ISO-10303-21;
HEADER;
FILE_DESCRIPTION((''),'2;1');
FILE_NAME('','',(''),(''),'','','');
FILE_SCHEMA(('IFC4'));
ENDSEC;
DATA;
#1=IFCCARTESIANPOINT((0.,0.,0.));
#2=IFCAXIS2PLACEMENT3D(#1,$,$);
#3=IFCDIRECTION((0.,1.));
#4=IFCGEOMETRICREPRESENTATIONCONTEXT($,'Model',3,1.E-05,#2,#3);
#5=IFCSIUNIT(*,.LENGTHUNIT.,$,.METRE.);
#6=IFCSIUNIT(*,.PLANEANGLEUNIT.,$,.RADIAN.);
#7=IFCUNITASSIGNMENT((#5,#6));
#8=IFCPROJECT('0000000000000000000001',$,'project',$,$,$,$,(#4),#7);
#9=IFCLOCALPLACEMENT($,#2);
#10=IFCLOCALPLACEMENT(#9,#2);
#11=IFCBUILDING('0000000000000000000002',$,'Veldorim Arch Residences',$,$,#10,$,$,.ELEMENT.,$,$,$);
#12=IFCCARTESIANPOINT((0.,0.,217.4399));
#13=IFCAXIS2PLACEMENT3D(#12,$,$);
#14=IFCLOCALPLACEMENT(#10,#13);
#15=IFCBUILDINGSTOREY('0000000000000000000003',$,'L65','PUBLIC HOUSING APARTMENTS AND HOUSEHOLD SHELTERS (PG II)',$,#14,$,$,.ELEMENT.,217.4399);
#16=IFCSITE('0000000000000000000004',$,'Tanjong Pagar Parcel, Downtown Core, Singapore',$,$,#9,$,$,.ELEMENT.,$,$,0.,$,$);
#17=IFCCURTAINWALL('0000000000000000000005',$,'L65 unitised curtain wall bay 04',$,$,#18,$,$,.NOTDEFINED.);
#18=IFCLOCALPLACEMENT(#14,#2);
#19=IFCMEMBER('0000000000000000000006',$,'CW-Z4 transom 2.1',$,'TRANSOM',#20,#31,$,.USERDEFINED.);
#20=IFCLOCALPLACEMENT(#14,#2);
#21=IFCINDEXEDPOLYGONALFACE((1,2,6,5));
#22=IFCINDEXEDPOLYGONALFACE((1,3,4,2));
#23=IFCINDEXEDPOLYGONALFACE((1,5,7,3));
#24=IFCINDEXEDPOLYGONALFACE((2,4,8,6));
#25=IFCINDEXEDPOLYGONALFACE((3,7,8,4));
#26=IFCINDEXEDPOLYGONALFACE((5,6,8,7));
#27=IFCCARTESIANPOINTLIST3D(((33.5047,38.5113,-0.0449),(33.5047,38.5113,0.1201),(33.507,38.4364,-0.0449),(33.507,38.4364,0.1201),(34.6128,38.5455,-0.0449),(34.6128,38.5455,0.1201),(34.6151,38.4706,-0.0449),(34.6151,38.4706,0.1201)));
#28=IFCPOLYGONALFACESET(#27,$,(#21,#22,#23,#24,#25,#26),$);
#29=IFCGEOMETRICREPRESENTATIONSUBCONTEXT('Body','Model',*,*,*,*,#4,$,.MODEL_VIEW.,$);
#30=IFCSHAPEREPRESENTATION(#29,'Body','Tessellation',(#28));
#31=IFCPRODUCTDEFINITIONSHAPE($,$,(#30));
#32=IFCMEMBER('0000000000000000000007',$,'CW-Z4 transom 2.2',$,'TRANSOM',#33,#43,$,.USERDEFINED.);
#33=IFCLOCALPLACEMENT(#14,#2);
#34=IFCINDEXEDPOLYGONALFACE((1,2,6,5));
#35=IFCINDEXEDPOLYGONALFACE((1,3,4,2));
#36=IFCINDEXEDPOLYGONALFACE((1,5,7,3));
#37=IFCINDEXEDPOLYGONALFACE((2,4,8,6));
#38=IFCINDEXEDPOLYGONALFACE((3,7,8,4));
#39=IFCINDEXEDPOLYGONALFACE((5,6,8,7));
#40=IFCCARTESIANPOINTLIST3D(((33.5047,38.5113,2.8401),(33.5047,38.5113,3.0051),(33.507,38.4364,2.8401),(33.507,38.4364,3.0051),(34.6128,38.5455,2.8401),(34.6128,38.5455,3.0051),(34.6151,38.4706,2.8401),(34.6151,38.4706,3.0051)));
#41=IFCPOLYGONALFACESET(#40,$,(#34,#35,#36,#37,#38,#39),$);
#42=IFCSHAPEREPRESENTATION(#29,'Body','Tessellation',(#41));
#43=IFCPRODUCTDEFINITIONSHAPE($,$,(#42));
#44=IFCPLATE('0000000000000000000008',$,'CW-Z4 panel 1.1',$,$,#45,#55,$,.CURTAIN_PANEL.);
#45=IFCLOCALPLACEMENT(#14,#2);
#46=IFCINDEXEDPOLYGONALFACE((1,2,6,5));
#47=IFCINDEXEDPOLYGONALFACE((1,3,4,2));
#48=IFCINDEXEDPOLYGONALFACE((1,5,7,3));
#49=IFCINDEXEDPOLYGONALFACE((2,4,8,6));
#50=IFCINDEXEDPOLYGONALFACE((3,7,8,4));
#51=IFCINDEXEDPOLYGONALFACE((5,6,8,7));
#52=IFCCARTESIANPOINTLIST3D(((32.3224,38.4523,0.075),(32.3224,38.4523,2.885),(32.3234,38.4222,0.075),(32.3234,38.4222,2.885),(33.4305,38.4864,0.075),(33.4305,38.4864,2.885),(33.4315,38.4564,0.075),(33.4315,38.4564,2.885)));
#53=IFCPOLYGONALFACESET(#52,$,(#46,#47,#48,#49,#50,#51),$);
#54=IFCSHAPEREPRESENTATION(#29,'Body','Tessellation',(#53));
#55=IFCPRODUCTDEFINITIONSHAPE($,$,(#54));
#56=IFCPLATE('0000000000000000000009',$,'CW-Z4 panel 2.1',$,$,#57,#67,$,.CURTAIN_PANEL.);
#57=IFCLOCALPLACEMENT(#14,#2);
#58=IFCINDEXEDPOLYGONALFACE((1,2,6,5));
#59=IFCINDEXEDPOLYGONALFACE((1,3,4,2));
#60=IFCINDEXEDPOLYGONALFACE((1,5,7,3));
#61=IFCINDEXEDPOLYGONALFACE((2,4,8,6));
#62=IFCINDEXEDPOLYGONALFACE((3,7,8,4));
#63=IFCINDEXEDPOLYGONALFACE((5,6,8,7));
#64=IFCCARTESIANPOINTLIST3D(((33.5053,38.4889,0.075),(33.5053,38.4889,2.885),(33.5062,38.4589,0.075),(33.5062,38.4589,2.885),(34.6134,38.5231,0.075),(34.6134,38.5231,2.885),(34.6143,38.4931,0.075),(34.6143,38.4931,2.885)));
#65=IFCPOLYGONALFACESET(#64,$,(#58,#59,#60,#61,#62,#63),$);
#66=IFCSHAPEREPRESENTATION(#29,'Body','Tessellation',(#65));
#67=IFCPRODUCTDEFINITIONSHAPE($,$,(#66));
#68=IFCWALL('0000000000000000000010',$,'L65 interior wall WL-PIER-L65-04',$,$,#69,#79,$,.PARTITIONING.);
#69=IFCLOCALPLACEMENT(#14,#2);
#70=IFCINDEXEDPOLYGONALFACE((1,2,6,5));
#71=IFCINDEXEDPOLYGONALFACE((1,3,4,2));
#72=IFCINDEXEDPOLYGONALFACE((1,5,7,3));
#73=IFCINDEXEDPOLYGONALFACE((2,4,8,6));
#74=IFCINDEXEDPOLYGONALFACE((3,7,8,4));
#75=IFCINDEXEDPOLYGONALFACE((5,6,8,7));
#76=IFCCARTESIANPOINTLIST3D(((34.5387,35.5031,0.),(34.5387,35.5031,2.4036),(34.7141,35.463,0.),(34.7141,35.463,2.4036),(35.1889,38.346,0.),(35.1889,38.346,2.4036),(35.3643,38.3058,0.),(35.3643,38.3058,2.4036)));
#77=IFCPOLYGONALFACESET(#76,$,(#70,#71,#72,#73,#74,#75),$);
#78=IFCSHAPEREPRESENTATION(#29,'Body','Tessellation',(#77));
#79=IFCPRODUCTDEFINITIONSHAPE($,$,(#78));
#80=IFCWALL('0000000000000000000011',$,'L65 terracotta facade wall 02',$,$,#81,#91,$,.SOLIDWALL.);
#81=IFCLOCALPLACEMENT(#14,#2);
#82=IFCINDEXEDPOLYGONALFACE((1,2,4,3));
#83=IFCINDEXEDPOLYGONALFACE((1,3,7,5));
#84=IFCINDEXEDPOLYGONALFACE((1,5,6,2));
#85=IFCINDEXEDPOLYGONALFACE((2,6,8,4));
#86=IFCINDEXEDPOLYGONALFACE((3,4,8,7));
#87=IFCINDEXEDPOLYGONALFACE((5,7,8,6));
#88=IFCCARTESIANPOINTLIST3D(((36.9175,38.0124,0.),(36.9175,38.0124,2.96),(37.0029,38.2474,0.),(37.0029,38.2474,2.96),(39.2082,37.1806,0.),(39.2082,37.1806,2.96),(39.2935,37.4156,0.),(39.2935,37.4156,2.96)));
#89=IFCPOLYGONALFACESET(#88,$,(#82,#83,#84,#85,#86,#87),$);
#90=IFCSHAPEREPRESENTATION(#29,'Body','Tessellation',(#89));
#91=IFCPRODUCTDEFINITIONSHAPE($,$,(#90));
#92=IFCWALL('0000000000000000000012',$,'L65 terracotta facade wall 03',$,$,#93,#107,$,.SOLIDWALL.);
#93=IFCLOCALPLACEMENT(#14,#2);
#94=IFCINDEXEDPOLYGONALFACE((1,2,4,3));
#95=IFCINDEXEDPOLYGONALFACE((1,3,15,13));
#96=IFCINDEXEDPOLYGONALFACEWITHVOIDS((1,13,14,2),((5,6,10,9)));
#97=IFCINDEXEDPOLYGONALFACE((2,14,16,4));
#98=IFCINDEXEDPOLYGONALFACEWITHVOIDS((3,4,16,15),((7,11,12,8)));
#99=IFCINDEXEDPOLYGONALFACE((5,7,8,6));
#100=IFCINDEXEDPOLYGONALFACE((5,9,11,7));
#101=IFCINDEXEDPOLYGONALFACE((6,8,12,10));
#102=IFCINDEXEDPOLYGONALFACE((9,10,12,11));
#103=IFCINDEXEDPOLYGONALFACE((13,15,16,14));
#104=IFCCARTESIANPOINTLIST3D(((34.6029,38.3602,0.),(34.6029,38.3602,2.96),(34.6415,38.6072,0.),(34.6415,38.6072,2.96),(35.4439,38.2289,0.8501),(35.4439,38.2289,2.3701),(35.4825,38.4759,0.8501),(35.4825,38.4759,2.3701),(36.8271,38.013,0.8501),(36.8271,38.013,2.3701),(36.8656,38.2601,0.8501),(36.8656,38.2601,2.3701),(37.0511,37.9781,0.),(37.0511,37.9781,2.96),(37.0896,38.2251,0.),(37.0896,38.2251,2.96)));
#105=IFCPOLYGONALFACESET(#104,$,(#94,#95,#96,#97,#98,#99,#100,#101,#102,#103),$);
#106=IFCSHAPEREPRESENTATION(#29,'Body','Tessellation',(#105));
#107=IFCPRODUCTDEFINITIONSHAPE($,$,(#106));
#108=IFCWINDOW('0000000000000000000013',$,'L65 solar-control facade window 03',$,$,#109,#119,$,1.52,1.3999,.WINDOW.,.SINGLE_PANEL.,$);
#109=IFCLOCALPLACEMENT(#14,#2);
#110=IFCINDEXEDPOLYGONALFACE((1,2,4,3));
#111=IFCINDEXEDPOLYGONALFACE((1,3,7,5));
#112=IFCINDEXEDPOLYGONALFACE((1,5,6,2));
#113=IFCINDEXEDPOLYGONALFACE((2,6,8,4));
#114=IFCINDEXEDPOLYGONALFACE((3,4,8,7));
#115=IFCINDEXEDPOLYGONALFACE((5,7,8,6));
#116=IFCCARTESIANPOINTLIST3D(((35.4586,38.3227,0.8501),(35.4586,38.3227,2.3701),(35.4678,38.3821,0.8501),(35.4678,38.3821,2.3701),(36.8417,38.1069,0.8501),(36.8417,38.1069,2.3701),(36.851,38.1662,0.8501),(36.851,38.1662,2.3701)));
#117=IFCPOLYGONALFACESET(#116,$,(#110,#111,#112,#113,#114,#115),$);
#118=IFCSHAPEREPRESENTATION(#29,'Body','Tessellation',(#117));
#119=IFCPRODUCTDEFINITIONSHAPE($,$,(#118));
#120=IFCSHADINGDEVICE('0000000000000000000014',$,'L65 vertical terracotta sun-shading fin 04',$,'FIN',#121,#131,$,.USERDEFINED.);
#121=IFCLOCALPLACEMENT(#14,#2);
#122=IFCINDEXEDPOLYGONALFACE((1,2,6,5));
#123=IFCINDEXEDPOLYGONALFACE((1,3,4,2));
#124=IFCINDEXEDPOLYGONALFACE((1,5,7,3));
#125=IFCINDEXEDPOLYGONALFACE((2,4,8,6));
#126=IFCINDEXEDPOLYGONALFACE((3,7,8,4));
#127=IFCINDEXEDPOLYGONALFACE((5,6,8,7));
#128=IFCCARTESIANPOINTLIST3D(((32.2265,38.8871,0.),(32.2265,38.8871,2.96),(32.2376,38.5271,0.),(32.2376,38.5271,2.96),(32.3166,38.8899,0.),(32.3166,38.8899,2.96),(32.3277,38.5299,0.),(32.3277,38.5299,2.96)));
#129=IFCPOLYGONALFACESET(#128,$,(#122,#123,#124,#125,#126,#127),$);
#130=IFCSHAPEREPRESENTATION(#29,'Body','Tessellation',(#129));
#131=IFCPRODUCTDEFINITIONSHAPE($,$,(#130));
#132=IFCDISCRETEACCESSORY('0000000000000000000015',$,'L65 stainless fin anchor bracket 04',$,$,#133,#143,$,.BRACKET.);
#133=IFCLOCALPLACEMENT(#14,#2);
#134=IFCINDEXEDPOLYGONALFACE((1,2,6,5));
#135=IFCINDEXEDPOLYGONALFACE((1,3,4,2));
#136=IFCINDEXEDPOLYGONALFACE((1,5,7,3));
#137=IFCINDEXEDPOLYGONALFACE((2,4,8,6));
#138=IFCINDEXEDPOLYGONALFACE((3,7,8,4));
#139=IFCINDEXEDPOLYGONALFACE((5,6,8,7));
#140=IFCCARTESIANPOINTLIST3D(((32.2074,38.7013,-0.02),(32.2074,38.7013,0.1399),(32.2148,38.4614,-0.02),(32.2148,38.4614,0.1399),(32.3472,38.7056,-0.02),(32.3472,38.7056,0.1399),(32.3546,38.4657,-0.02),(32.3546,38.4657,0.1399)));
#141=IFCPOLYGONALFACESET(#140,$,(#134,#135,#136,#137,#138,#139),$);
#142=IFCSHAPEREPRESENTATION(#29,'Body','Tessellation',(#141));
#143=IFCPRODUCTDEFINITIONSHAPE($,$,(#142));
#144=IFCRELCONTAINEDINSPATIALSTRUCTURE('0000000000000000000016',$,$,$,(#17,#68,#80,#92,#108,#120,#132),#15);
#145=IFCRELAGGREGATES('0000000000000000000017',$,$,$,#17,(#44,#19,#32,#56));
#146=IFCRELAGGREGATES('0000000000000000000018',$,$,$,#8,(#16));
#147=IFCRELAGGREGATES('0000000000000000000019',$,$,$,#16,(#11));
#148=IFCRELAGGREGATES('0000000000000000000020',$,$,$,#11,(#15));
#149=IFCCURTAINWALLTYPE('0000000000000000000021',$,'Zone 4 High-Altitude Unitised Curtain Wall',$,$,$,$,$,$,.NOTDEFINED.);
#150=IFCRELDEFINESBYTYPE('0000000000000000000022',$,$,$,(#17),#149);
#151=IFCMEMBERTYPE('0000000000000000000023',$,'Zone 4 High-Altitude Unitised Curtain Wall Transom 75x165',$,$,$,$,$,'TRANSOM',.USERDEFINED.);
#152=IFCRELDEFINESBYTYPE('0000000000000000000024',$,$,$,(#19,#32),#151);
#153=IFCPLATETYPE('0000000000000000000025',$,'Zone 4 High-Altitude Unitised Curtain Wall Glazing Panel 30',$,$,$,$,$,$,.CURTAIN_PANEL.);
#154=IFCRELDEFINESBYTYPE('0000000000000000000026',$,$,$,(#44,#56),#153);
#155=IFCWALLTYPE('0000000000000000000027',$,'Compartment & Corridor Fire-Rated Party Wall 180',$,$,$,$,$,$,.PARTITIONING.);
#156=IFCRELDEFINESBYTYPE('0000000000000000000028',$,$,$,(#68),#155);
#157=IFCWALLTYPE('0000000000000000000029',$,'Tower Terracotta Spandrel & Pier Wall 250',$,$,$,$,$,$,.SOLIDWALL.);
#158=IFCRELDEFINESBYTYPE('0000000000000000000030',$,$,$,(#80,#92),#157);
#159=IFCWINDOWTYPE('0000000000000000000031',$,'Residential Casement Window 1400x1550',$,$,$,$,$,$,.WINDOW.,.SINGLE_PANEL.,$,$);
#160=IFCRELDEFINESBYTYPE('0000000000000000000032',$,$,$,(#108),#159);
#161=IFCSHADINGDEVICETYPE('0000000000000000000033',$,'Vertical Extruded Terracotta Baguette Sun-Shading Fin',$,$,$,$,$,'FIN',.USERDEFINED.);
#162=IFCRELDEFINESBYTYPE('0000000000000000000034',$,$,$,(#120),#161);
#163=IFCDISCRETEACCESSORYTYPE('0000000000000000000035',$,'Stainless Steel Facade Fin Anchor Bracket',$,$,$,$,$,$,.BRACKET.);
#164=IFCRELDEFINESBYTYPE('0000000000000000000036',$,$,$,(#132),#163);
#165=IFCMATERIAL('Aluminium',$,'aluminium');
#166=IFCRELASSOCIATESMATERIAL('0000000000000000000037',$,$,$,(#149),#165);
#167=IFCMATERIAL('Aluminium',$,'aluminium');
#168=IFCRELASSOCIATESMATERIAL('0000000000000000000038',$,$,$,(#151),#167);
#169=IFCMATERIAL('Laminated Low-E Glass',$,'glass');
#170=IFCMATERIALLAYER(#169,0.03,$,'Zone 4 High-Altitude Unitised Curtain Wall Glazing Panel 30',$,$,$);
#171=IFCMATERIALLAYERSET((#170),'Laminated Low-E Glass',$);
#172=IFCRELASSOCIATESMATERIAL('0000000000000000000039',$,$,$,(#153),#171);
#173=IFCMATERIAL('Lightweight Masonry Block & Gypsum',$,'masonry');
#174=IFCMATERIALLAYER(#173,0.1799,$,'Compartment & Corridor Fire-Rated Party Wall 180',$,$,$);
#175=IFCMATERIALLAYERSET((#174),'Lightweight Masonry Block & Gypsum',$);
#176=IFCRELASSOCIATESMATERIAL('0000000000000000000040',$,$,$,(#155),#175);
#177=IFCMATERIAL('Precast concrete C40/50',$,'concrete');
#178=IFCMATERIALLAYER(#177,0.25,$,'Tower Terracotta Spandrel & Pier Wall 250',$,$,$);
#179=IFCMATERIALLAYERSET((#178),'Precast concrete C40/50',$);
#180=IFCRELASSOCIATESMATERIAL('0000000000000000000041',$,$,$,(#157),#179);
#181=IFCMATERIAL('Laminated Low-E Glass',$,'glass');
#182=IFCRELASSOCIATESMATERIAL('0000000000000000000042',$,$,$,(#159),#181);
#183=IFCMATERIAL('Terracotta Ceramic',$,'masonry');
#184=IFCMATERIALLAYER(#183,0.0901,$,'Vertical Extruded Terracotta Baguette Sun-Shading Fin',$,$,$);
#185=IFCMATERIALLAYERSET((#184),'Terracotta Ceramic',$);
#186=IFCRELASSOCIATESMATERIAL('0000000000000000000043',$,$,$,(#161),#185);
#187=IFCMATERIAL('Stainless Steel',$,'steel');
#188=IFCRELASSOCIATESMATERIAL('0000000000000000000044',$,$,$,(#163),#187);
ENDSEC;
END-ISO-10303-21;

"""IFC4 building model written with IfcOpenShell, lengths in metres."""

from ifc_helpers import new_model, si_unit, direction, frame, frame_2d, origin, origin_2d, place, context, subcontext, project, spatial, rectangle, extrude, material, layer, layer_set, material_profile, profile_set, type_object, element, fill, aggregate, save


model = new_model("IFC4")

# Units and contexts
model_context = context("Model", 3, precision=1e-05, world=origin(), true_north=direction((0.0, 1.0)))
body_context = subcontext(model_context, "Body", "Model", "MODEL_VIEW")
ifc_project = project(units=[si_unit("LENGTHUNIT", "METRE"), si_unit("PLANEANGLEUNIT", "RADIAN")], contexts=[model_context])

# Site, building, storey
site_placement = place(None, origin())
site = spatial("IfcSite", under=ifc_project, at=site_placement, Name="Tanjong Pagar Parcel, Downtown Core, Singapore", CompositionType="ELEMENT", RefElevation=0.0)
building_placement = place(site_placement, origin())
building = spatial("IfcBuilding", under=site, at=building_placement, Name="Veldorim Arch Residences", CompositionType="ELEMENT")
storey_placement = place(building_placement, frame((0.0, 0.0, 217.4399)))
storey = spatial("IfcBuildingStorey", under=building, at=storey_placement, Name="L65", Description="PUBLIC HOUSING APARTMENTS AND HOUSEHOLD SHELTERS (PG II)", CompositionType="ELEMENT", Elevation=217.4399)

# Shared definitions
ifc_material_1 = material(Name="Aluminium", Category="aluminium")
curtain_wall_type = type_object("IfcCurtainWallType", Name="Zone 4 High-Altitude Unitised Curtain Wall", PredefinedType="NOTDEFINED", material=ifc_material_1)

# Curtain wall, members, plates
curtain_wall_1_placement = place(storey_placement, origin())
curtain_wall_1 = element("IfcCurtainWall", 1, at=curtain_wall_1_placement, inside=storey, type_object=curtain_wall_type, Name="L65 unitised curtain wall bay 04", PredefinedType="NOTDEFINED")
ifc_material_2 = material(Name="Aluminium", Category="aluminium")
ifc_material_profile_1 = material_profile(ifc_material_2, rectangle(XDim=0.075, YDim=0.165, at=origin_2d()), Name="ALU_TRN_75x165")
ifc_profile_set_1 = profile_set([ifc_material_profile_1], Name="Aluminium")
member_type_1 = type_object("IfcMemberType", Name="Zone 4 High-Altitude Unitised Curtain Wall Transom 75x165", ElementType="TRANSOM", PredefinedType="USERDEFINED", material=ifc_profile_set_1)
member_1_placement = place(storey_placement, frame((33.5059, 38.4739, 0.0376), z_axis=(0.999525, 0.030829, 0.0), x_axis=(-0.030829, 0.999525, 0.0)))
member_1 = element("IfcMember", 2, at=member_1_placement, type_object=member_type_1, Name="CW-Z4 transom 2.1", ObjectType="TRANSOM", PredefinedType="USERDEFINED", context=body_context, shape_type="SweptSolid", body=[
    extrude(rectangle(XDim=0.075, YDim=0.165, at=origin_2d()), origin(), (0.0, 0.0, 1.0), 1.1086),
])
member_2_placement = place(storey_placement, frame((33.5059, 38.4739, 2.9226), z_axis=(0.999525, 0.030829, 0.0), x_axis=(-0.030829, 0.999525, 0.0)))
member_2 = element("IfcMember", 3, at=member_2_placement, type_object=member_type_1, Name="CW-Z4 transom 2.2", ObjectType="TRANSOM", PredefinedType="USERDEFINED", context=body_context, shape_type="SweptSolid", body=[
    extrude(rectangle(XDim=0.075, YDim=0.165, at=origin_2d()), origin(), (0.0, 0.0, 1.0), 1.1086),
])
ifc_material_3 = material(Name="Laminated Low-E Glass", Category="glass")
ifc_layer_1 = layer(ifc_material_3, 0.03, Name="Zone 4 High-Altitude Unitised Curtain Wall Glazing Panel 30")
ifc_layer_set_1 = layer_set([ifc_layer_1], Name="Laminated Low-E Glass")
plate_type = type_object("IfcPlateType", Name="Zone 4 High-Altitude Unitised Curtain Wall Glazing Panel 30", PredefinedType="CURTAIN_PANEL", material=ifc_layer_set_1)
plate_1_placement = place(storey_placement, frame((32.877, 38.4543, 0.075), z_axis=(0.0, 0.0, 1.0), x_axis=(0.999525, 0.030835, 0.0)))
plate_1 = element("IfcPlate", 4, at=plate_1_placement, type_object=plate_type, Name="CW-Z4 panel 1.1", PredefinedType="CURTAIN_PANEL", context=body_context, shape_type="SweptSolid", body=[
    extrude(rectangle(XDim=1.1086, YDim=0.03, at=origin_2d()), origin(), (0.0, 0.0, 1.0), 2.8101),
])
plate_2_placement = place(storey_placement, frame((34.0598, 38.491, 0.075), z_axis=(0.0, 0.0, 1.0), x_axis=(0.999525, 0.030835, 0.0)))
plate_2 = element("IfcPlate", 5, at=plate_2_placement, type_object=plate_type, Name="CW-Z4 panel 2.1", PredefinedType="CURTAIN_PANEL", context=body_context, shape_type="SweptSolid", body=[
    extrude(rectangle(XDim=1.1086, YDim=0.03, at=origin_2d()), origin(), (0.0, 0.0, 1.0), 2.8101),
])
aggregate(curtain_wall_1, [plate_1, member_1, member_2, plate_2])

# Walls
ifc_material_4 = material(Name="Lightweight Masonry Block & Gypsum", Category="masonry")
ifc_layer_2 = layer(ifc_material_4, 0.1799, Name="Compartment & Corridor Fire-Rated Party Wall 180")
ifc_layer_set_2 = layer_set([ifc_layer_2], Name="Lightweight Masonry Block & Gypsum")
wall_type_1 = type_object("IfcWallType", Name="Compartment & Corridor Fire-Rated Party Wall 180", PredefinedType="PARTITIONING", material=ifc_layer_set_2)
wall_1_placement = place(storey_placement, frame((34.6265, 35.4832, 0.0), z_axis=(0.0, 0.0, 1.0), x_axis=(0.222945, 0.974831, 0.0)))
element("IfcWall", 6, at=wall_1_placement, inside=storey, type_object=wall_type_1, Name="L65 interior wall WL-PIER-L65-04", PredefinedType="PARTITIONING", context=body_context, shape_type="SweptSolid", body=[
    extrude(rectangle(XDim=2.9163, YDim=0.1799, at=frame_2d((1.458, 0.0))), origin(), (0.0, 0.0, 1.0), 2.4036),
])
ifc_material_5 = material(Name="Precast concrete C40/50", Category="concrete")
ifc_layer_3 = layer(ifc_material_5, 0.25, Name="Tower Terracotta Spandrel & Pier Wall 250")
ifc_layer_set_3 = layer_set([ifc_layer_3], Name="Precast concrete C40/50")
wall_type_2 = type_object("IfcWallType", Name="Tower Terracotta Spandrel & Pier Wall 250", PredefinedType="SOLIDWALL", material=ifc_layer_set_3)
wall_2_placement = place(storey_placement, frame((36.9602, 38.1299, 0.0), z_axis=(0.0, 0.0, 1.0), x_axis=(0.939954, -0.341301, 0.0)))
element("IfcWall", 7, at=wall_2_placement, inside=storey, type_object=wall_type_2, Name="L65 terracotta facade wall 02", PredefinedType="SOLIDWALL", context=body_context, shape_type="SweptSolid", body=[
    extrude(rectangle(XDim=2.437, YDim=0.25, at=frame_2d((1.2185, 0.0))), origin(), (0.0, 0.0, 1.0), 2.96),
])

# Wall, opening, window
wall_3_placement = place(storey_placement, frame((34.6223, 38.4836, 0.0), z_axis=(0.0, 0.0, 1.0), x_axis=(0.98804, -0.154197, 0.0)))
wall_3 = element("IfcWall", 8, at=wall_3_placement, inside=storey, type_object=wall_type_2, Name="L65 terracotta facade wall 03", PredefinedType="SOLIDWALL", context=body_context, shape_type="SweptSolid", body=[
    extrude(rectangle(XDim=2.4778, YDim=0.25, at=frame_2d((1.2388, 0.0))), origin(), (0.0, 0.0, 1.0), 2.96),
])
opening_placement = place(wall_3_placement, frame((0.8511, 0.0, 0.8501)))
opening = element("IfcOpeningElement", 9, at=opening_placement, cuts=wall_3, PredefinedType="OPENING", context=body_context, shape_type="SweptSolid", body=[
    extrude(rectangle(XDim=1.3999, YDim=1.52, at=frame_2d((0.7, 0.76))), frame((0.0, 0.135, 0.0), z_axis=(0.0, -1.0, 0.0), x_axis=(1.0, 0.0, 0.0)), (0.0, 0.0, 1.0), 0.27),
])
ifc_material_6 = material(Name="Laminated Low-E Glass", Category="glass")
window_type = type_object("IfcWindowType", Name="Residential Casement Window 1400x1550", PartitioningType="SINGLE_PANEL", PredefinedType="WINDOW", material=ifc_material_6)
window_placement = place(opening_placement, origin())
window = element("IfcWindow", 10, at=window_placement, inside=storey, type_object=window_type, Name="L65 solar-control facade window 03", OverallHeight=1.52, OverallWidth=1.3999, PartitioningType="SINGLE_PANEL", PredefinedType="WINDOW", context=body_context, shape_type="SweptSolid", body=[
    extrude(rectangle(XDim=1.3999, YDim=1.52, at=frame_2d((0.7, 0.76))), frame((0.0, 0.03, 0.0), z_axis=(0.0, -1.0, 0.0), x_axis=(1.0, 0.0, 0.0)), (0.0, 0.0, 1.0), 0.0601),
])
fill(opening, window)

# Shading device
ifc_material_7 = material(Name="Terracotta Ceramic", Category="masonry")
ifc_layer_4 = layer(ifc_material_7, 0.0901, Name="Vertical Extruded Terracotta Baguette Sun-Shading Fin")
ifc_layer_set_4 = layer_set([ifc_layer_4], Name="Terracotta Ceramic")
shading_device_type = type_object("IfcShadingDeviceType", Name="Vertical Extruded Terracotta Baguette Sun-Shading Fin", ElementType="FIN", PredefinedType="USERDEFINED", material=ifc_layer_set_4)
shading_device_placement = place(storey_placement, frame((32.2771, 38.7085, 0.0), z_axis=(0.0, 0.0, 1.0), x_axis=(0.999523, 0.030887, 0.0)))
element("IfcShadingDevice", 11, at=shading_device_placement, inside=storey, type_object=shading_device_type, Name="L65 vertical terracotta sun-shading fin 04", ObjectType="FIN", PredefinedType="USERDEFINED", context=body_context, shape_type="SweptSolid", body=[
    extrude(rectangle(XDim=0.0901, YDim=0.3601, at=origin_2d()), origin(), (0.0, 0.0, 1.0), 2.96),
])

# Discrete accessory
ifc_material_8 = material(Name="Stainless Steel", Category="steel")
discrete_accessory_type = type_object("IfcDiscreteAccessoryType", Name="Stainless Steel Facade Fin Anchor Bracket", PredefinedType="BRACKET", material=ifc_material_8)
discrete_accessory_placement = place(storey_placement, frame((32.281, 38.5835, -0.02), z_axis=(0.0, 0.0, 1.0), x_axis=(0.999523, 0.030887, 0.0)))
element("IfcDiscreteAccessory", 12, at=discrete_accessory_placement, inside=storey, type_object=discrete_accessory_type, Name="L65 stainless fin anchor bracket 04", PredefinedType="BRACKET", context=body_context, shape_type="SweptSolid", body=[
    extrude(rectangle(XDim=0.1399, YDim=0.24, at=origin_2d()), origin(), (0.0, 0.0, 1.0), 0.1599),
])

save(model, "model.ifc")
